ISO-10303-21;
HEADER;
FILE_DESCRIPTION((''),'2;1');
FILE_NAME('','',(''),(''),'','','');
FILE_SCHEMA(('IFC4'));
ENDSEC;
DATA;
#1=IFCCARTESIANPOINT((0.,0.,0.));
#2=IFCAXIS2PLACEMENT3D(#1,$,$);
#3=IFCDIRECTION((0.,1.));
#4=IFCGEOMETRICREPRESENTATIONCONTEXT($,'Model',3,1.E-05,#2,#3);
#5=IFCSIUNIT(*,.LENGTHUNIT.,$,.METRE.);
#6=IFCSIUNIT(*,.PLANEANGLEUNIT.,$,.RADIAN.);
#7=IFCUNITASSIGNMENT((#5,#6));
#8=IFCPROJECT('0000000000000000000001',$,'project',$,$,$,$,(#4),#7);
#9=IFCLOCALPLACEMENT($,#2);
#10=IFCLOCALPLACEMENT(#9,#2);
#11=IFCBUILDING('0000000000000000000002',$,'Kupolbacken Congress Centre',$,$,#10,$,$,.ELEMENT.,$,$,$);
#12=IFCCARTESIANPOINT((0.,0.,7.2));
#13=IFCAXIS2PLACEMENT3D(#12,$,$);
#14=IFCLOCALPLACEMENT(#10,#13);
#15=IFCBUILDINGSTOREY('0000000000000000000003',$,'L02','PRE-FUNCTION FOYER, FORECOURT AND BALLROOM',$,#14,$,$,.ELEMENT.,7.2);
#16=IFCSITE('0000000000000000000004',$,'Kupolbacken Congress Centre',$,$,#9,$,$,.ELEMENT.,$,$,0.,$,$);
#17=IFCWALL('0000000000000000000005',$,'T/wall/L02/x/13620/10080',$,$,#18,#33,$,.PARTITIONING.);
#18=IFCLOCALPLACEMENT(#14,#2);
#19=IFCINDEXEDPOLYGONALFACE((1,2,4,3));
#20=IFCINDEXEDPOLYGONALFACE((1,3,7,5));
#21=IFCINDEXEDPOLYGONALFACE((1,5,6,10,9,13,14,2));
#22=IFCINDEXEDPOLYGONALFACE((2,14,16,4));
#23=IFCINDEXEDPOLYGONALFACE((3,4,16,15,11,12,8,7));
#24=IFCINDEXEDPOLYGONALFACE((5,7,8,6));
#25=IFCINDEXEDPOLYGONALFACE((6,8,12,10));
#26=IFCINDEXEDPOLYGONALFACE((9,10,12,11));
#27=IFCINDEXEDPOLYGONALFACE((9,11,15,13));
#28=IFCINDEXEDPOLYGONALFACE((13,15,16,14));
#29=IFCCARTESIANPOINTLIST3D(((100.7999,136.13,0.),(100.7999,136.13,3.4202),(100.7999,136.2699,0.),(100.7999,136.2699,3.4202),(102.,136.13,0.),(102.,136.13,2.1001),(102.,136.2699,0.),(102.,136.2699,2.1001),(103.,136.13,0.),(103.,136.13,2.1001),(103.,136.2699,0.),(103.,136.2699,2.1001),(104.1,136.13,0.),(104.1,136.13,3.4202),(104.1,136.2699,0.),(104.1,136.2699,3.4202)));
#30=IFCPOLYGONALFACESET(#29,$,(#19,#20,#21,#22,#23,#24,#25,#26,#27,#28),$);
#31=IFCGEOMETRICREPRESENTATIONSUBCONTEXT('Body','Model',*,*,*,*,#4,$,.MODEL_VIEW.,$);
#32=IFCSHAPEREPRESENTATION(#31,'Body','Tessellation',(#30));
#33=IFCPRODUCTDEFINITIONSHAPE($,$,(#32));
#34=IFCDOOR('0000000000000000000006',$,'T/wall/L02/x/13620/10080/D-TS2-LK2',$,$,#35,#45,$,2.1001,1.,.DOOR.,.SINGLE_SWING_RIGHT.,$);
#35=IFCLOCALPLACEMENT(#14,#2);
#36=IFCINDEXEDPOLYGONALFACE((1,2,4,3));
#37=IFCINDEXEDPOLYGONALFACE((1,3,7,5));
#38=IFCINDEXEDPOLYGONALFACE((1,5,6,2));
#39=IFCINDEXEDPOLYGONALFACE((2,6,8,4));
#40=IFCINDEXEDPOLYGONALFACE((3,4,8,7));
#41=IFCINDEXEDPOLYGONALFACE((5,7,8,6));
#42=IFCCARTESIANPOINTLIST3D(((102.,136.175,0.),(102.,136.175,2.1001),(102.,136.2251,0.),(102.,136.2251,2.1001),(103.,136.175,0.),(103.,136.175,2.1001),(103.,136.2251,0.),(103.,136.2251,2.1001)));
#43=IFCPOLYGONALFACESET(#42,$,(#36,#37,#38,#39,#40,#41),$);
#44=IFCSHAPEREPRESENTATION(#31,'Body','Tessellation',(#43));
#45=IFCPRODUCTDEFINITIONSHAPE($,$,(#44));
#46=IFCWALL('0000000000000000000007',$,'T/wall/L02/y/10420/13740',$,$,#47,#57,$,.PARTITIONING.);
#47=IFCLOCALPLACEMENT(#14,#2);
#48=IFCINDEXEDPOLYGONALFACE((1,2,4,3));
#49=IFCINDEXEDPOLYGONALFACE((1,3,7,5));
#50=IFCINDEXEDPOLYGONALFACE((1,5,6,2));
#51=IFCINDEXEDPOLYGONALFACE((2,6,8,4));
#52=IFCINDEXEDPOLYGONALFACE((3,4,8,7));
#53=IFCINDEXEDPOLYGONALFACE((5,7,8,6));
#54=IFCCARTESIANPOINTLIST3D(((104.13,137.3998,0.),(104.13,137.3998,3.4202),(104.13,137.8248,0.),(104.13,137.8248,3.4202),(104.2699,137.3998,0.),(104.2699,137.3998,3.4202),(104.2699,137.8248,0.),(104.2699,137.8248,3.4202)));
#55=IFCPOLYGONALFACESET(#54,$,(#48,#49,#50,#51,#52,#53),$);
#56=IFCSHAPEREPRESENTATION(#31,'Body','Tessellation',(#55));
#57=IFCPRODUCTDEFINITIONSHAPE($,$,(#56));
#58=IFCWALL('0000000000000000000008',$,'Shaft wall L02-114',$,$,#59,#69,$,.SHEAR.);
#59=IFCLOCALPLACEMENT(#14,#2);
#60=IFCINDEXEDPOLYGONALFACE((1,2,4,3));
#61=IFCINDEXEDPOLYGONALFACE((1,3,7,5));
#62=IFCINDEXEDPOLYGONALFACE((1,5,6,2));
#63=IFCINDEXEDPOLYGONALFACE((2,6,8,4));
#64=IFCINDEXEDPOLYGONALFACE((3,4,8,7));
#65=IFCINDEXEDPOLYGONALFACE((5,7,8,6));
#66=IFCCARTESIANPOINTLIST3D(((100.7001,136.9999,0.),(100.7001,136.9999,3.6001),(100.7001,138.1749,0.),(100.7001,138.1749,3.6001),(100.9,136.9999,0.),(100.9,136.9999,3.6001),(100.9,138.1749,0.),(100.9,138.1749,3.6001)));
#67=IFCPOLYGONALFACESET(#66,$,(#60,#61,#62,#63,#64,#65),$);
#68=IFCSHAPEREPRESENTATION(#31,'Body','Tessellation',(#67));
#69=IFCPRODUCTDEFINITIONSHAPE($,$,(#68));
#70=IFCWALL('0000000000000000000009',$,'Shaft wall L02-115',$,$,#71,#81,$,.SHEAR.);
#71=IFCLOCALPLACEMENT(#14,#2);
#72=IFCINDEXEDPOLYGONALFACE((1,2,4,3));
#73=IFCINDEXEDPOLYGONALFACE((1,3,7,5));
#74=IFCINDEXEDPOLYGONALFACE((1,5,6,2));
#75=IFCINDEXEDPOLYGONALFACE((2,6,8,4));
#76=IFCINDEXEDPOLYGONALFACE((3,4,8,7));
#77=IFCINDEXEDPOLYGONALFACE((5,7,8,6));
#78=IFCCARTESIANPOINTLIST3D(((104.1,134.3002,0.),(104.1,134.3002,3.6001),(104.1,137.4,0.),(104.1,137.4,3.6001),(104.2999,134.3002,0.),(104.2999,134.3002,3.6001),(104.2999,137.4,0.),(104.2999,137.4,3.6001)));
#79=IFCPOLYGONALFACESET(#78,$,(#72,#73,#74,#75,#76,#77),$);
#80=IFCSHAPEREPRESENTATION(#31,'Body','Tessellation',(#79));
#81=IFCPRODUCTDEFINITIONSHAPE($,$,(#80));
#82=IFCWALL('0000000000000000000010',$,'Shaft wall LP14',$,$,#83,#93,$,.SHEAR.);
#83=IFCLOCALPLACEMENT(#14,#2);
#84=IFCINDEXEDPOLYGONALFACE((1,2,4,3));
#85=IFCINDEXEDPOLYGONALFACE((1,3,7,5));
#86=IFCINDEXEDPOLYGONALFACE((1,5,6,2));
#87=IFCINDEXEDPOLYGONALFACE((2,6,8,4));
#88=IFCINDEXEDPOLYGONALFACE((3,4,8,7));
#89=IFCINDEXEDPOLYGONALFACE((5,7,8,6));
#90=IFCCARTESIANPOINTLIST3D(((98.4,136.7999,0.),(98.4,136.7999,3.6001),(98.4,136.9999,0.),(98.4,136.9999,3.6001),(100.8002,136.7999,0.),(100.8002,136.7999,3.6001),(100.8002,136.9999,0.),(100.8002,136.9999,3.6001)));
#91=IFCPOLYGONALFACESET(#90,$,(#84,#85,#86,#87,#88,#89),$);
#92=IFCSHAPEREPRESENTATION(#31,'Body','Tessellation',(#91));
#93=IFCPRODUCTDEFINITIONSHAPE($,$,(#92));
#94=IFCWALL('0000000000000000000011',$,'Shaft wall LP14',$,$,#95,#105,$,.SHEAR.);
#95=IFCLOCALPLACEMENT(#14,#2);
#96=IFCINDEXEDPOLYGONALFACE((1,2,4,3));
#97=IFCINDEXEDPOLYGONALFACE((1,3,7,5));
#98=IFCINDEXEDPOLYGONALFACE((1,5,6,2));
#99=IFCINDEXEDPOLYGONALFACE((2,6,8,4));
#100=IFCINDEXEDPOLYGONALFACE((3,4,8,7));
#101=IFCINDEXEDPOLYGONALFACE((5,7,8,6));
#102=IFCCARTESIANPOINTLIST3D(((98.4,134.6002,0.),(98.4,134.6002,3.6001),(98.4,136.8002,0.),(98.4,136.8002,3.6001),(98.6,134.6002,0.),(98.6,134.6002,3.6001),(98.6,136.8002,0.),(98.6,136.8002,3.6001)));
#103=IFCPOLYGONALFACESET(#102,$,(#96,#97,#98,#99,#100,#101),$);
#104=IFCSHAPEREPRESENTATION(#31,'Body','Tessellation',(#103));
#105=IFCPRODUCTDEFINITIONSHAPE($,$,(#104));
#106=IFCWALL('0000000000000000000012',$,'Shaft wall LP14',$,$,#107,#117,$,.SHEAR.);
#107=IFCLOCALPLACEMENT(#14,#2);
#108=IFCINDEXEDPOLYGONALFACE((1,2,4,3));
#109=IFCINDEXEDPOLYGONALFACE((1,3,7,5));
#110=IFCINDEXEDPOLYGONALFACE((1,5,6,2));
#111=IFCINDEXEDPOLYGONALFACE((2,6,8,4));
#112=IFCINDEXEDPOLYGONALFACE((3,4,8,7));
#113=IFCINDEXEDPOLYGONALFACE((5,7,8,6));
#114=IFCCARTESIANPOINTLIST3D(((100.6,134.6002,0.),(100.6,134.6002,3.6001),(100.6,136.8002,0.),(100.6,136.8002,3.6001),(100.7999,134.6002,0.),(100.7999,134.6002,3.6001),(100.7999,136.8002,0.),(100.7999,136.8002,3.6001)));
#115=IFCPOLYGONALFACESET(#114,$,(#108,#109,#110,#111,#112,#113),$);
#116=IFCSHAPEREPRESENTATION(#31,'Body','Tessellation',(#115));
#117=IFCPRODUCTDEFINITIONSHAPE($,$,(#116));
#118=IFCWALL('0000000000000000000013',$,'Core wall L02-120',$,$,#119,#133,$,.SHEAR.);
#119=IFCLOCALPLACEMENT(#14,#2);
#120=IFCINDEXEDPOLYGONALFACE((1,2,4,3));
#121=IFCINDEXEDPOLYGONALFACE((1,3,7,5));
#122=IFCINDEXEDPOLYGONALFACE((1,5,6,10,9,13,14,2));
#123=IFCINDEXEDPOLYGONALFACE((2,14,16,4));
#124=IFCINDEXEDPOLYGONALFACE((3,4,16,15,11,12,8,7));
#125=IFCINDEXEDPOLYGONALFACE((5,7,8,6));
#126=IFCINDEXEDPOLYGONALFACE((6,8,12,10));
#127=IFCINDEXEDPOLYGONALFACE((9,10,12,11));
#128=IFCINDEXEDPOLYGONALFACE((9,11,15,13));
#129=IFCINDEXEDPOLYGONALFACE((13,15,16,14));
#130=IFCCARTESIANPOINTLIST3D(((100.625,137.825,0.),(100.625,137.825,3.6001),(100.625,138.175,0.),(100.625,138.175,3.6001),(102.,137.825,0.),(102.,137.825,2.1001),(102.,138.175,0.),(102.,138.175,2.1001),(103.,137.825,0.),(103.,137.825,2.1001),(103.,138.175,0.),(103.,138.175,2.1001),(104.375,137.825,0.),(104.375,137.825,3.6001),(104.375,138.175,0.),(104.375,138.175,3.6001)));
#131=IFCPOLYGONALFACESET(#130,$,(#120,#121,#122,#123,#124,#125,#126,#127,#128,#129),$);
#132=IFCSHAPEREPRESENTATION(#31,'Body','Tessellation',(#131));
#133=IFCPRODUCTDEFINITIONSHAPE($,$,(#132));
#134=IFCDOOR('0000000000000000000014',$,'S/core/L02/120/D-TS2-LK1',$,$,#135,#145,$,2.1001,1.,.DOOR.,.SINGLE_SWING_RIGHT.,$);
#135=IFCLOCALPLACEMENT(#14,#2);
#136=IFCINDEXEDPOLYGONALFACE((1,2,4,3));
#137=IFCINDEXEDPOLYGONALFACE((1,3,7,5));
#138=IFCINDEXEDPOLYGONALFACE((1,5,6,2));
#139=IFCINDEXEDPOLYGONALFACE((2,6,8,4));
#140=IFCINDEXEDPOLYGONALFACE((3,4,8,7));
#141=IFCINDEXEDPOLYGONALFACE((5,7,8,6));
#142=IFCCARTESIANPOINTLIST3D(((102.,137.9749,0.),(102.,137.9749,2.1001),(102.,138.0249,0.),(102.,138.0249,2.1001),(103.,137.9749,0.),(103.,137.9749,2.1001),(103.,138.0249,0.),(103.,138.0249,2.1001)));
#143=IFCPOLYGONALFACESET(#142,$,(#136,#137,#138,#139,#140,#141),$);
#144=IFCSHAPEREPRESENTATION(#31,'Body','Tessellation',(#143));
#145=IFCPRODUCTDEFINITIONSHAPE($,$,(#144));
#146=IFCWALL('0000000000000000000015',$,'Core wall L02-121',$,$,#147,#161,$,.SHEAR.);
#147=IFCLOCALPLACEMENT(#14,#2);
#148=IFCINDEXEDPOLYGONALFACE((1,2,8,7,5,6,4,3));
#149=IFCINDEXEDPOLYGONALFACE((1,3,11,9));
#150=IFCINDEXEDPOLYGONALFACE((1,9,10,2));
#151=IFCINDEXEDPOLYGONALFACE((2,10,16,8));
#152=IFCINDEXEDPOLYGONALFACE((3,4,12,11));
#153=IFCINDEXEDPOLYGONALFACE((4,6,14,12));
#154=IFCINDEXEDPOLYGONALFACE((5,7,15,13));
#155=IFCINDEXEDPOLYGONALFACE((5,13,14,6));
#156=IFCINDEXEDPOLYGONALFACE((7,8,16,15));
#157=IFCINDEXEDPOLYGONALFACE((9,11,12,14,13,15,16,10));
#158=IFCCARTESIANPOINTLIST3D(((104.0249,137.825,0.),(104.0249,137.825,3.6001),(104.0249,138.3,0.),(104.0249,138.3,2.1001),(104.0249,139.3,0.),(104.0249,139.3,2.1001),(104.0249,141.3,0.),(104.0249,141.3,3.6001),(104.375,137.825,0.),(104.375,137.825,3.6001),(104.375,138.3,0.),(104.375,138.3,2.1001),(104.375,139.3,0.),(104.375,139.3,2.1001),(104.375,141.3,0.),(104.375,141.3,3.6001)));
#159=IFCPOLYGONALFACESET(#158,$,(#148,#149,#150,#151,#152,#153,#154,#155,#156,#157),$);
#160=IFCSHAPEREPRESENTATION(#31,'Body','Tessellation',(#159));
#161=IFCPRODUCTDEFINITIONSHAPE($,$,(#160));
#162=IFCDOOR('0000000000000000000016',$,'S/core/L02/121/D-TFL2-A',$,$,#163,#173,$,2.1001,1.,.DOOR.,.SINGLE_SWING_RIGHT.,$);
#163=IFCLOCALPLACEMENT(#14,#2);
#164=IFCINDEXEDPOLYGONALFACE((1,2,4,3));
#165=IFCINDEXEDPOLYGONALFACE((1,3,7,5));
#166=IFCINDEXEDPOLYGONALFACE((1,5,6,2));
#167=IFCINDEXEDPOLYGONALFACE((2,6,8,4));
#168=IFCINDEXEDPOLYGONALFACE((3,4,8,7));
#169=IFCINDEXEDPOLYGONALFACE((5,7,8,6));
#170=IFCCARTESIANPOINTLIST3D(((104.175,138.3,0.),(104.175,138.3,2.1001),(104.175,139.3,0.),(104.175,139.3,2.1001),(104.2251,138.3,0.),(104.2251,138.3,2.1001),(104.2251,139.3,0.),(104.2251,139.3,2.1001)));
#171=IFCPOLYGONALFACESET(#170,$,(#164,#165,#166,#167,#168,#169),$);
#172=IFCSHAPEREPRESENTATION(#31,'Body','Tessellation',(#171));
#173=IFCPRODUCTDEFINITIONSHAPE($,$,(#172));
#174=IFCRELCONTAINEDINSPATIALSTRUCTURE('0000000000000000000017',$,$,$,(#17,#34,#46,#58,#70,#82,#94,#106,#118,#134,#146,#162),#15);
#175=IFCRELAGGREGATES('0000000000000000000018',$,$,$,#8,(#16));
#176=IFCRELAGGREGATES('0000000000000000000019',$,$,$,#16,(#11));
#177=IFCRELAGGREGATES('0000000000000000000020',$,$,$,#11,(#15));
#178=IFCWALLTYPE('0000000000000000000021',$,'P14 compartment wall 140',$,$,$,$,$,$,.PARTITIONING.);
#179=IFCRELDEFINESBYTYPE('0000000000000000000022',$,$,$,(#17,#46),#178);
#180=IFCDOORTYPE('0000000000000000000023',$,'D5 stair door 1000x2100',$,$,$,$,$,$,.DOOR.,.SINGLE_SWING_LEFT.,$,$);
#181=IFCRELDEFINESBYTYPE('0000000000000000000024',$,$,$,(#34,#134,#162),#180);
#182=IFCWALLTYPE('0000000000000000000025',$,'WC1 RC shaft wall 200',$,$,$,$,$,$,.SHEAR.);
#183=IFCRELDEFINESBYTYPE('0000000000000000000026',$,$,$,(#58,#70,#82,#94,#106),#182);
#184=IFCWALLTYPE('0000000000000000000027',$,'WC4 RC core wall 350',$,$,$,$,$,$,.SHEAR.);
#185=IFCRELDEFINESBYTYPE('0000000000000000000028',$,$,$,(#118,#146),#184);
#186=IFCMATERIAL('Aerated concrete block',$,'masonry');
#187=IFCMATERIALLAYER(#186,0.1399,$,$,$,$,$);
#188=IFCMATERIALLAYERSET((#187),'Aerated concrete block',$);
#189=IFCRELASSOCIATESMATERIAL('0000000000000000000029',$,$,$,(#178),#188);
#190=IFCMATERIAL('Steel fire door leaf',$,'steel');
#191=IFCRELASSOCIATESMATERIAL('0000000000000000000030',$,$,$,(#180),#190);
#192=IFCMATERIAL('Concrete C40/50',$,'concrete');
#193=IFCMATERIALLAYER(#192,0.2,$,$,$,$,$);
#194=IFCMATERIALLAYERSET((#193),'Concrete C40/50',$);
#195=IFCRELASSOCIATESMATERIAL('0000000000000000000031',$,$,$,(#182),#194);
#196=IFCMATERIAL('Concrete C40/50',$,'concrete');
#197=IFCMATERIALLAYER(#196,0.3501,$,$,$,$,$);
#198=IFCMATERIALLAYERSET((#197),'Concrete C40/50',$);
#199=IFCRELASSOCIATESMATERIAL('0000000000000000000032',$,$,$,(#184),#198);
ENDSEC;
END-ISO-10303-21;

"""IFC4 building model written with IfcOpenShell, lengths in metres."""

from ifc_helpers import new_model, si_unit, direction, frame, frame_2d, origin, place, context, subcontext, project, spatial, rectangle, extrude, material, layer, layer_set, type_object, element, fill, save


model = new_model("IFC4")

# Units and contexts
model_context = context("Model", 3, precision=1e-05, world=origin(), true_north=direction((0.0, 1.0)))
body_context = subcontext(model_context, "Body", "Model", "MODEL_VIEW")
ifc_project = project(units=[si_unit("LENGTHUNIT", "METRE"), si_unit("PLANEANGLEUNIT", "RADIAN")], contexts=[model_context])

# Site, building, storey
site_placement = place(None, origin())
site = spatial("IfcSite", under=ifc_project, at=site_placement, Name="Kupolbacken Congress Centre", CompositionType="ELEMENT", RefElevation=0.0)
building_placement = place(site_placement, origin())
building = spatial("IfcBuilding", under=site, at=building_placement, Name="Kupolbacken Congress Centre", CompositionType="ELEMENT")
storey_placement = place(building_placement, frame((0.0, 0.0, 7.2)))
storey = spatial("IfcBuildingStorey", under=building, at=storey_placement, Name="L02", Description="PRE-FUNCTION FOYER, FORECOURT AND BALLROOM", CompositionType="ELEMENT", Elevation=7.2)

# Wall, opening, door
ifc_material_1 = material(Name="Aerated concrete block", Category="masonry")
ifc_layer_1 = layer(ifc_material_1, 0.1399)
ifc_layer_set_1 = layer_set([ifc_layer_1], Name="Aerated concrete block")
wall_type_1 = type_object("IfcWallType", Name="P14 compartment wall 140", PredefinedType="PARTITIONING", material=ifc_layer_set_1)
wall_1_placement = place(storey_placement, frame((100.8, 136.2, 0.0), z_axis=(0.0, 0.0, 1.0), x_axis=(1.0, 0.0, 0.0)))
wall_1 = element("IfcWall", 1, at=wall_1_placement, inside=storey, type_object=wall_type_1, Name="T/wall/L02/x/13620/10080", PredefinedType="PARTITIONING", context=body_context, shape_type="SweptSolid", body=[
    extrude(rectangle(XDim=3.3, YDim=0.1399, at=frame_2d((1.6499, 0.0))), origin(), (0.0, 0.0, 1.0), 3.4202),
])
opening_1_placement = place(wall_1_placement, frame((1.2, 0.0, 0.0)))
opening_1 = element("IfcOpeningElement", 2, at=opening_1_placement, cuts=wall_1, PredefinedType="OPENING", context=body_context, shape_type="SweptSolid", body=[
    extrude(rectangle(XDim=1.0, YDim=2.1001, at=frame_2d((0.5, 1.05))), frame((0.0, 0.0798, 0.0), z_axis=(0.0, -1.0, 0.0), x_axis=(1.0, 0.0, 0.0)), (0.0, 0.0, 1.0), 0.1599),
])
ifc_material_2 = material(Name="Steel fire door leaf", Category="steel")
door_type = type_object("IfcDoorType", Name="D5 stair door 1000x2100", OperationType="SINGLE_SWING_LEFT", PredefinedType="DOOR", material=ifc_material_2)
door_1_placement = place(opening_1_placement, frame((1.0, 0.0, 0.0), z_axis=(0.0, 0.0, 1.0), x_axis=(-1.0, 0.0, 0.0)))
door_1 = element("IfcDoor", 3, at=door_1_placement, inside=storey, type_object=door_type, Name="T/wall/L02/x/13620/10080/D-TS2-LK2", OperationType="SINGLE_SWING_RIGHT", OverallHeight=2.1001, OverallWidth=1.0, PredefinedType="DOOR", context=body_context, shape_type="SweptSolid", body=[
    extrude(rectangle(XDim=1.0, YDim=2.1001, at=frame_2d((0.5, 1.05))), frame((0.0, 0.0249, 0.0), z_axis=(0.0, -1.0, 0.0), x_axis=(1.0, 0.0, 0.0)), (0.0, 0.0, 1.0), 0.05),
])
fill(opening_1, door_1)

# Walls
wall_2_placement = place(storey_placement, frame((104.2, 137.3999, 0.0), z_axis=(0.0, 0.0, 1.0), x_axis=(0.0, 1.0, 0.0)))
element("IfcWall", 4, at=wall_2_placement, inside=storey, type_object=wall_type_1, Name="T/wall/L02/y/10420/13740", PredefinedType="PARTITIONING", context=body_context, shape_type="SweptSolid", body=[
    extrude(rectangle(XDim=0.425, YDim=0.1399, at=frame_2d((0.2124, 0.0))), origin(), (0.0, 0.0, 1.0), 3.4202),
])
ifc_material_3 = material(Name="Concrete C40/50", Category="concrete")
ifc_layer_2 = layer(ifc_material_3, 0.2)
ifc_layer_set_2 = layer_set([ifc_layer_2], Name="Concrete C40/50")
wall_type_2 = type_object("IfcWallType", Name="WC1 RC shaft wall 200", PredefinedType="SHEAR", material=ifc_layer_set_2)
wall_3_placement = place(storey_placement, frame((100.8, 137.0, 0.0), z_axis=(0.0, 0.0, 1.0), x_axis=(0.0, 1.0, 0.0)))
element("IfcWall", 5, at=wall_3_placement, inside=storey, type_object=wall_type_2, Name="Shaft wall L02-114", PredefinedType="SHEAR", context=body_context, shape_type="SweptSolid", body=[
    extrude(rectangle(XDim=1.175, YDim=0.2, at=frame_2d((0.5874, 0.0))), origin(), (0.0, 0.0, 1.0), 3.6001),
])
wall_4_placement = place(storey_placement, frame((104.2, 137.3999, 0.0), z_axis=(0.0, 0.0, 1.0), x_axis=(0.0, -1.0, 0.0)))
element("IfcWall", 6, at=wall_4_placement, inside=storey, type_object=wall_type_2, Name="Shaft wall L02-115", PredefinedType="SHEAR", context=body_context, shape_type="SweptSolid", body=[
    extrude(rectangle(XDim=3.0999, YDim=0.2, at=frame_2d((1.5498, 0.0))), origin(), (0.0, 0.0, 1.0), 3.6001),
])
wall_5_placement = place(storey_placement, frame((98.3999, 136.8999, 0.0), z_axis=(0.0, 0.0, 1.0), x_axis=(1.0, 0.0, 0.0)))
element("IfcWall", 7, at=wall_5_placement, inside=storey, type_object=wall_type_2, Name="Shaft wall LP14", PredefinedType="SHEAR", context=body_context, shape_type="SweptSolid", body=[
    extrude(rectangle(XDim=2.4001, YDim=0.2, at=frame_2d((1.2002, 0.0))), origin(), (0.0, 0.0, 1.0), 3.6001),
])
for number, where, z_axis, x_axis, name in (
    (8, (98.5, 134.6001, 0.0), (0.0, 0.0, 1.0), (0.0, 1.0, 0.0), "Shaft wall LP14"),
    (9, (100.7, 134.6001, 0.0), (0.0, 0.0, 1.0), (0.0, 1.0, 0.0), "Shaft wall LP14"),
):
    element("IfcWall", number, at=place(storey_placement, frame(where, z_axis=z_axis, x_axis=x_axis)), inside=storey, type_object=wall_type_2, Name=name, PredefinedType="SHEAR", context=body_context, shape_type="SweptSolid", body=[
        extrude(rectangle(XDim=2.2, YDim=0.2, at=frame_2d((1.1001, 0.0))), origin(), (0.0, 0.0, 1.0), 3.6001),
    ])

# Walls, openings, doors
ifc_material_4 = material(Name="Concrete C40/50", Category="concrete")
ifc_layer_3 = layer(ifc_material_4, 0.3501)
ifc_layer_set_3 = layer_set([ifc_layer_3], Name="Concrete C40/50")
wall_type_3 = type_object("IfcWallType", Name="WC4 RC core wall 350", PredefinedType="SHEAR", material=ifc_layer_set_3)
wall_6_placement = place(storey_placement, frame((100.625, 138.0, 0.0), z_axis=(0.0, 0.0, 1.0), x_axis=(1.0, 0.0, 0.0)))
wall_6 = element("IfcWall", 10, at=wall_6_placement, inside=storey, type_object=wall_type_3, Name="Core wall L02-120", PredefinedType="SHEAR", context=body_context, shape_type="SweptSolid", body=[
    extrude(rectangle(XDim=3.75, YDim=0.3501, at=frame_2d((1.875, 0.0))), origin(), (0.0, 0.0, 1.0), 3.6001),
])
opening_2_placement = place(wall_6_placement, frame((1.375, 0.0, 0.0)))
opening_2 = element("IfcOpeningElement", 11, at=opening_2_placement, cuts=wall_6, PredefinedType="OPENING", context=body_context, shape_type="SweptSolid", body=[
    extrude(rectangle(XDim=1.0, YDim=2.1001, at=frame_2d((0.5, 1.05))), frame((0.0, 0.1851, 0.0), z_axis=(0.0, -1.0, 0.0), x_axis=(1.0, 0.0, 0.0)), (0.0, 0.0, 1.0), 0.3701),
])
door_2_placement = place(opening_2_placement, origin())
door_2 = element("IfcDoor", 12, at=door_2_placement, inside=storey, type_object=door_type, Name="S/core/L02/120/D-TS2-LK1", OperationType="SINGLE_SWING_RIGHT", OverallHeight=2.1001, OverallWidth=1.0, PredefinedType="DOOR", context=body_context, shape_type="SweptSolid", body=[
    extrude(rectangle(XDim=1.0, YDim=2.1001, at=frame_2d((0.5, 1.05))), frame((0.0, 0.0249, 0.0), z_axis=(0.0, -1.0, 0.0), x_axis=(1.0, 0.0, 0.0)), (0.0, 0.0, 1.0), 0.05),
])
fill(opening_2, door_2)
wall_7_placement = place(storey_placement, frame((104.2, 137.825, 0.0), z_axis=(0.0, 0.0, 1.0), x_axis=(0.0, 1.0, 0.0)))
wall_7 = element("IfcWall", 13, at=wall_7_placement, inside=storey, type_object=wall_type_3, Name="Core wall L02-121", PredefinedType="SHEAR", context=body_context, shape_type="SweptSolid", body=[
    extrude(rectangle(XDim=3.4751, YDim=0.3501, at=frame_2d((1.7375, 0.0))), origin(), (0.0, 0.0, 1.0), 3.6001),
])
opening_3_placement = place(wall_7_placement, frame((0.4751, 0.0, 0.0)))
opening_3 = element("IfcOpeningElement", 14, at=opening_3_placement, cuts=wall_7, PredefinedType="OPENING", context=body_context, shape_type="SweptSolid", body=[
    extrude(rectangle(XDim=1.0, YDim=2.1001, at=frame_2d((0.5, 1.05))), frame((0.0, 0.1851, 0.0), z_axis=(0.0, -1.0, 0.0), x_axis=(1.0, 0.0, 0.0)), (0.0, 0.0, 1.0), 0.3701),
])
door_3_placement = place(opening_3_placement, origin())
door_3 = element("IfcDoor", 15, at=door_3_placement, inside=storey, type_object=door_type, Name="S/core/L02/121/D-TFL2-A", OperationType="SINGLE_SWING_RIGHT", OverallHeight=2.1001, OverallWidth=1.0, PredefinedType="DOOR", context=body_context, shape_type="SweptSolid", body=[
    extrude(rectangle(XDim=1.0, YDim=2.1001, at=frame_2d((0.5, 1.05))), frame((0.0, 0.0249, 0.0), z_axis=(0.0, -1.0, 0.0), x_axis=(1.0, 0.0, 0.0)), (0.0, 0.0, 1.0), 0.05),
])
fill(opening_3, door_3)

save(model, "model.ifc")
